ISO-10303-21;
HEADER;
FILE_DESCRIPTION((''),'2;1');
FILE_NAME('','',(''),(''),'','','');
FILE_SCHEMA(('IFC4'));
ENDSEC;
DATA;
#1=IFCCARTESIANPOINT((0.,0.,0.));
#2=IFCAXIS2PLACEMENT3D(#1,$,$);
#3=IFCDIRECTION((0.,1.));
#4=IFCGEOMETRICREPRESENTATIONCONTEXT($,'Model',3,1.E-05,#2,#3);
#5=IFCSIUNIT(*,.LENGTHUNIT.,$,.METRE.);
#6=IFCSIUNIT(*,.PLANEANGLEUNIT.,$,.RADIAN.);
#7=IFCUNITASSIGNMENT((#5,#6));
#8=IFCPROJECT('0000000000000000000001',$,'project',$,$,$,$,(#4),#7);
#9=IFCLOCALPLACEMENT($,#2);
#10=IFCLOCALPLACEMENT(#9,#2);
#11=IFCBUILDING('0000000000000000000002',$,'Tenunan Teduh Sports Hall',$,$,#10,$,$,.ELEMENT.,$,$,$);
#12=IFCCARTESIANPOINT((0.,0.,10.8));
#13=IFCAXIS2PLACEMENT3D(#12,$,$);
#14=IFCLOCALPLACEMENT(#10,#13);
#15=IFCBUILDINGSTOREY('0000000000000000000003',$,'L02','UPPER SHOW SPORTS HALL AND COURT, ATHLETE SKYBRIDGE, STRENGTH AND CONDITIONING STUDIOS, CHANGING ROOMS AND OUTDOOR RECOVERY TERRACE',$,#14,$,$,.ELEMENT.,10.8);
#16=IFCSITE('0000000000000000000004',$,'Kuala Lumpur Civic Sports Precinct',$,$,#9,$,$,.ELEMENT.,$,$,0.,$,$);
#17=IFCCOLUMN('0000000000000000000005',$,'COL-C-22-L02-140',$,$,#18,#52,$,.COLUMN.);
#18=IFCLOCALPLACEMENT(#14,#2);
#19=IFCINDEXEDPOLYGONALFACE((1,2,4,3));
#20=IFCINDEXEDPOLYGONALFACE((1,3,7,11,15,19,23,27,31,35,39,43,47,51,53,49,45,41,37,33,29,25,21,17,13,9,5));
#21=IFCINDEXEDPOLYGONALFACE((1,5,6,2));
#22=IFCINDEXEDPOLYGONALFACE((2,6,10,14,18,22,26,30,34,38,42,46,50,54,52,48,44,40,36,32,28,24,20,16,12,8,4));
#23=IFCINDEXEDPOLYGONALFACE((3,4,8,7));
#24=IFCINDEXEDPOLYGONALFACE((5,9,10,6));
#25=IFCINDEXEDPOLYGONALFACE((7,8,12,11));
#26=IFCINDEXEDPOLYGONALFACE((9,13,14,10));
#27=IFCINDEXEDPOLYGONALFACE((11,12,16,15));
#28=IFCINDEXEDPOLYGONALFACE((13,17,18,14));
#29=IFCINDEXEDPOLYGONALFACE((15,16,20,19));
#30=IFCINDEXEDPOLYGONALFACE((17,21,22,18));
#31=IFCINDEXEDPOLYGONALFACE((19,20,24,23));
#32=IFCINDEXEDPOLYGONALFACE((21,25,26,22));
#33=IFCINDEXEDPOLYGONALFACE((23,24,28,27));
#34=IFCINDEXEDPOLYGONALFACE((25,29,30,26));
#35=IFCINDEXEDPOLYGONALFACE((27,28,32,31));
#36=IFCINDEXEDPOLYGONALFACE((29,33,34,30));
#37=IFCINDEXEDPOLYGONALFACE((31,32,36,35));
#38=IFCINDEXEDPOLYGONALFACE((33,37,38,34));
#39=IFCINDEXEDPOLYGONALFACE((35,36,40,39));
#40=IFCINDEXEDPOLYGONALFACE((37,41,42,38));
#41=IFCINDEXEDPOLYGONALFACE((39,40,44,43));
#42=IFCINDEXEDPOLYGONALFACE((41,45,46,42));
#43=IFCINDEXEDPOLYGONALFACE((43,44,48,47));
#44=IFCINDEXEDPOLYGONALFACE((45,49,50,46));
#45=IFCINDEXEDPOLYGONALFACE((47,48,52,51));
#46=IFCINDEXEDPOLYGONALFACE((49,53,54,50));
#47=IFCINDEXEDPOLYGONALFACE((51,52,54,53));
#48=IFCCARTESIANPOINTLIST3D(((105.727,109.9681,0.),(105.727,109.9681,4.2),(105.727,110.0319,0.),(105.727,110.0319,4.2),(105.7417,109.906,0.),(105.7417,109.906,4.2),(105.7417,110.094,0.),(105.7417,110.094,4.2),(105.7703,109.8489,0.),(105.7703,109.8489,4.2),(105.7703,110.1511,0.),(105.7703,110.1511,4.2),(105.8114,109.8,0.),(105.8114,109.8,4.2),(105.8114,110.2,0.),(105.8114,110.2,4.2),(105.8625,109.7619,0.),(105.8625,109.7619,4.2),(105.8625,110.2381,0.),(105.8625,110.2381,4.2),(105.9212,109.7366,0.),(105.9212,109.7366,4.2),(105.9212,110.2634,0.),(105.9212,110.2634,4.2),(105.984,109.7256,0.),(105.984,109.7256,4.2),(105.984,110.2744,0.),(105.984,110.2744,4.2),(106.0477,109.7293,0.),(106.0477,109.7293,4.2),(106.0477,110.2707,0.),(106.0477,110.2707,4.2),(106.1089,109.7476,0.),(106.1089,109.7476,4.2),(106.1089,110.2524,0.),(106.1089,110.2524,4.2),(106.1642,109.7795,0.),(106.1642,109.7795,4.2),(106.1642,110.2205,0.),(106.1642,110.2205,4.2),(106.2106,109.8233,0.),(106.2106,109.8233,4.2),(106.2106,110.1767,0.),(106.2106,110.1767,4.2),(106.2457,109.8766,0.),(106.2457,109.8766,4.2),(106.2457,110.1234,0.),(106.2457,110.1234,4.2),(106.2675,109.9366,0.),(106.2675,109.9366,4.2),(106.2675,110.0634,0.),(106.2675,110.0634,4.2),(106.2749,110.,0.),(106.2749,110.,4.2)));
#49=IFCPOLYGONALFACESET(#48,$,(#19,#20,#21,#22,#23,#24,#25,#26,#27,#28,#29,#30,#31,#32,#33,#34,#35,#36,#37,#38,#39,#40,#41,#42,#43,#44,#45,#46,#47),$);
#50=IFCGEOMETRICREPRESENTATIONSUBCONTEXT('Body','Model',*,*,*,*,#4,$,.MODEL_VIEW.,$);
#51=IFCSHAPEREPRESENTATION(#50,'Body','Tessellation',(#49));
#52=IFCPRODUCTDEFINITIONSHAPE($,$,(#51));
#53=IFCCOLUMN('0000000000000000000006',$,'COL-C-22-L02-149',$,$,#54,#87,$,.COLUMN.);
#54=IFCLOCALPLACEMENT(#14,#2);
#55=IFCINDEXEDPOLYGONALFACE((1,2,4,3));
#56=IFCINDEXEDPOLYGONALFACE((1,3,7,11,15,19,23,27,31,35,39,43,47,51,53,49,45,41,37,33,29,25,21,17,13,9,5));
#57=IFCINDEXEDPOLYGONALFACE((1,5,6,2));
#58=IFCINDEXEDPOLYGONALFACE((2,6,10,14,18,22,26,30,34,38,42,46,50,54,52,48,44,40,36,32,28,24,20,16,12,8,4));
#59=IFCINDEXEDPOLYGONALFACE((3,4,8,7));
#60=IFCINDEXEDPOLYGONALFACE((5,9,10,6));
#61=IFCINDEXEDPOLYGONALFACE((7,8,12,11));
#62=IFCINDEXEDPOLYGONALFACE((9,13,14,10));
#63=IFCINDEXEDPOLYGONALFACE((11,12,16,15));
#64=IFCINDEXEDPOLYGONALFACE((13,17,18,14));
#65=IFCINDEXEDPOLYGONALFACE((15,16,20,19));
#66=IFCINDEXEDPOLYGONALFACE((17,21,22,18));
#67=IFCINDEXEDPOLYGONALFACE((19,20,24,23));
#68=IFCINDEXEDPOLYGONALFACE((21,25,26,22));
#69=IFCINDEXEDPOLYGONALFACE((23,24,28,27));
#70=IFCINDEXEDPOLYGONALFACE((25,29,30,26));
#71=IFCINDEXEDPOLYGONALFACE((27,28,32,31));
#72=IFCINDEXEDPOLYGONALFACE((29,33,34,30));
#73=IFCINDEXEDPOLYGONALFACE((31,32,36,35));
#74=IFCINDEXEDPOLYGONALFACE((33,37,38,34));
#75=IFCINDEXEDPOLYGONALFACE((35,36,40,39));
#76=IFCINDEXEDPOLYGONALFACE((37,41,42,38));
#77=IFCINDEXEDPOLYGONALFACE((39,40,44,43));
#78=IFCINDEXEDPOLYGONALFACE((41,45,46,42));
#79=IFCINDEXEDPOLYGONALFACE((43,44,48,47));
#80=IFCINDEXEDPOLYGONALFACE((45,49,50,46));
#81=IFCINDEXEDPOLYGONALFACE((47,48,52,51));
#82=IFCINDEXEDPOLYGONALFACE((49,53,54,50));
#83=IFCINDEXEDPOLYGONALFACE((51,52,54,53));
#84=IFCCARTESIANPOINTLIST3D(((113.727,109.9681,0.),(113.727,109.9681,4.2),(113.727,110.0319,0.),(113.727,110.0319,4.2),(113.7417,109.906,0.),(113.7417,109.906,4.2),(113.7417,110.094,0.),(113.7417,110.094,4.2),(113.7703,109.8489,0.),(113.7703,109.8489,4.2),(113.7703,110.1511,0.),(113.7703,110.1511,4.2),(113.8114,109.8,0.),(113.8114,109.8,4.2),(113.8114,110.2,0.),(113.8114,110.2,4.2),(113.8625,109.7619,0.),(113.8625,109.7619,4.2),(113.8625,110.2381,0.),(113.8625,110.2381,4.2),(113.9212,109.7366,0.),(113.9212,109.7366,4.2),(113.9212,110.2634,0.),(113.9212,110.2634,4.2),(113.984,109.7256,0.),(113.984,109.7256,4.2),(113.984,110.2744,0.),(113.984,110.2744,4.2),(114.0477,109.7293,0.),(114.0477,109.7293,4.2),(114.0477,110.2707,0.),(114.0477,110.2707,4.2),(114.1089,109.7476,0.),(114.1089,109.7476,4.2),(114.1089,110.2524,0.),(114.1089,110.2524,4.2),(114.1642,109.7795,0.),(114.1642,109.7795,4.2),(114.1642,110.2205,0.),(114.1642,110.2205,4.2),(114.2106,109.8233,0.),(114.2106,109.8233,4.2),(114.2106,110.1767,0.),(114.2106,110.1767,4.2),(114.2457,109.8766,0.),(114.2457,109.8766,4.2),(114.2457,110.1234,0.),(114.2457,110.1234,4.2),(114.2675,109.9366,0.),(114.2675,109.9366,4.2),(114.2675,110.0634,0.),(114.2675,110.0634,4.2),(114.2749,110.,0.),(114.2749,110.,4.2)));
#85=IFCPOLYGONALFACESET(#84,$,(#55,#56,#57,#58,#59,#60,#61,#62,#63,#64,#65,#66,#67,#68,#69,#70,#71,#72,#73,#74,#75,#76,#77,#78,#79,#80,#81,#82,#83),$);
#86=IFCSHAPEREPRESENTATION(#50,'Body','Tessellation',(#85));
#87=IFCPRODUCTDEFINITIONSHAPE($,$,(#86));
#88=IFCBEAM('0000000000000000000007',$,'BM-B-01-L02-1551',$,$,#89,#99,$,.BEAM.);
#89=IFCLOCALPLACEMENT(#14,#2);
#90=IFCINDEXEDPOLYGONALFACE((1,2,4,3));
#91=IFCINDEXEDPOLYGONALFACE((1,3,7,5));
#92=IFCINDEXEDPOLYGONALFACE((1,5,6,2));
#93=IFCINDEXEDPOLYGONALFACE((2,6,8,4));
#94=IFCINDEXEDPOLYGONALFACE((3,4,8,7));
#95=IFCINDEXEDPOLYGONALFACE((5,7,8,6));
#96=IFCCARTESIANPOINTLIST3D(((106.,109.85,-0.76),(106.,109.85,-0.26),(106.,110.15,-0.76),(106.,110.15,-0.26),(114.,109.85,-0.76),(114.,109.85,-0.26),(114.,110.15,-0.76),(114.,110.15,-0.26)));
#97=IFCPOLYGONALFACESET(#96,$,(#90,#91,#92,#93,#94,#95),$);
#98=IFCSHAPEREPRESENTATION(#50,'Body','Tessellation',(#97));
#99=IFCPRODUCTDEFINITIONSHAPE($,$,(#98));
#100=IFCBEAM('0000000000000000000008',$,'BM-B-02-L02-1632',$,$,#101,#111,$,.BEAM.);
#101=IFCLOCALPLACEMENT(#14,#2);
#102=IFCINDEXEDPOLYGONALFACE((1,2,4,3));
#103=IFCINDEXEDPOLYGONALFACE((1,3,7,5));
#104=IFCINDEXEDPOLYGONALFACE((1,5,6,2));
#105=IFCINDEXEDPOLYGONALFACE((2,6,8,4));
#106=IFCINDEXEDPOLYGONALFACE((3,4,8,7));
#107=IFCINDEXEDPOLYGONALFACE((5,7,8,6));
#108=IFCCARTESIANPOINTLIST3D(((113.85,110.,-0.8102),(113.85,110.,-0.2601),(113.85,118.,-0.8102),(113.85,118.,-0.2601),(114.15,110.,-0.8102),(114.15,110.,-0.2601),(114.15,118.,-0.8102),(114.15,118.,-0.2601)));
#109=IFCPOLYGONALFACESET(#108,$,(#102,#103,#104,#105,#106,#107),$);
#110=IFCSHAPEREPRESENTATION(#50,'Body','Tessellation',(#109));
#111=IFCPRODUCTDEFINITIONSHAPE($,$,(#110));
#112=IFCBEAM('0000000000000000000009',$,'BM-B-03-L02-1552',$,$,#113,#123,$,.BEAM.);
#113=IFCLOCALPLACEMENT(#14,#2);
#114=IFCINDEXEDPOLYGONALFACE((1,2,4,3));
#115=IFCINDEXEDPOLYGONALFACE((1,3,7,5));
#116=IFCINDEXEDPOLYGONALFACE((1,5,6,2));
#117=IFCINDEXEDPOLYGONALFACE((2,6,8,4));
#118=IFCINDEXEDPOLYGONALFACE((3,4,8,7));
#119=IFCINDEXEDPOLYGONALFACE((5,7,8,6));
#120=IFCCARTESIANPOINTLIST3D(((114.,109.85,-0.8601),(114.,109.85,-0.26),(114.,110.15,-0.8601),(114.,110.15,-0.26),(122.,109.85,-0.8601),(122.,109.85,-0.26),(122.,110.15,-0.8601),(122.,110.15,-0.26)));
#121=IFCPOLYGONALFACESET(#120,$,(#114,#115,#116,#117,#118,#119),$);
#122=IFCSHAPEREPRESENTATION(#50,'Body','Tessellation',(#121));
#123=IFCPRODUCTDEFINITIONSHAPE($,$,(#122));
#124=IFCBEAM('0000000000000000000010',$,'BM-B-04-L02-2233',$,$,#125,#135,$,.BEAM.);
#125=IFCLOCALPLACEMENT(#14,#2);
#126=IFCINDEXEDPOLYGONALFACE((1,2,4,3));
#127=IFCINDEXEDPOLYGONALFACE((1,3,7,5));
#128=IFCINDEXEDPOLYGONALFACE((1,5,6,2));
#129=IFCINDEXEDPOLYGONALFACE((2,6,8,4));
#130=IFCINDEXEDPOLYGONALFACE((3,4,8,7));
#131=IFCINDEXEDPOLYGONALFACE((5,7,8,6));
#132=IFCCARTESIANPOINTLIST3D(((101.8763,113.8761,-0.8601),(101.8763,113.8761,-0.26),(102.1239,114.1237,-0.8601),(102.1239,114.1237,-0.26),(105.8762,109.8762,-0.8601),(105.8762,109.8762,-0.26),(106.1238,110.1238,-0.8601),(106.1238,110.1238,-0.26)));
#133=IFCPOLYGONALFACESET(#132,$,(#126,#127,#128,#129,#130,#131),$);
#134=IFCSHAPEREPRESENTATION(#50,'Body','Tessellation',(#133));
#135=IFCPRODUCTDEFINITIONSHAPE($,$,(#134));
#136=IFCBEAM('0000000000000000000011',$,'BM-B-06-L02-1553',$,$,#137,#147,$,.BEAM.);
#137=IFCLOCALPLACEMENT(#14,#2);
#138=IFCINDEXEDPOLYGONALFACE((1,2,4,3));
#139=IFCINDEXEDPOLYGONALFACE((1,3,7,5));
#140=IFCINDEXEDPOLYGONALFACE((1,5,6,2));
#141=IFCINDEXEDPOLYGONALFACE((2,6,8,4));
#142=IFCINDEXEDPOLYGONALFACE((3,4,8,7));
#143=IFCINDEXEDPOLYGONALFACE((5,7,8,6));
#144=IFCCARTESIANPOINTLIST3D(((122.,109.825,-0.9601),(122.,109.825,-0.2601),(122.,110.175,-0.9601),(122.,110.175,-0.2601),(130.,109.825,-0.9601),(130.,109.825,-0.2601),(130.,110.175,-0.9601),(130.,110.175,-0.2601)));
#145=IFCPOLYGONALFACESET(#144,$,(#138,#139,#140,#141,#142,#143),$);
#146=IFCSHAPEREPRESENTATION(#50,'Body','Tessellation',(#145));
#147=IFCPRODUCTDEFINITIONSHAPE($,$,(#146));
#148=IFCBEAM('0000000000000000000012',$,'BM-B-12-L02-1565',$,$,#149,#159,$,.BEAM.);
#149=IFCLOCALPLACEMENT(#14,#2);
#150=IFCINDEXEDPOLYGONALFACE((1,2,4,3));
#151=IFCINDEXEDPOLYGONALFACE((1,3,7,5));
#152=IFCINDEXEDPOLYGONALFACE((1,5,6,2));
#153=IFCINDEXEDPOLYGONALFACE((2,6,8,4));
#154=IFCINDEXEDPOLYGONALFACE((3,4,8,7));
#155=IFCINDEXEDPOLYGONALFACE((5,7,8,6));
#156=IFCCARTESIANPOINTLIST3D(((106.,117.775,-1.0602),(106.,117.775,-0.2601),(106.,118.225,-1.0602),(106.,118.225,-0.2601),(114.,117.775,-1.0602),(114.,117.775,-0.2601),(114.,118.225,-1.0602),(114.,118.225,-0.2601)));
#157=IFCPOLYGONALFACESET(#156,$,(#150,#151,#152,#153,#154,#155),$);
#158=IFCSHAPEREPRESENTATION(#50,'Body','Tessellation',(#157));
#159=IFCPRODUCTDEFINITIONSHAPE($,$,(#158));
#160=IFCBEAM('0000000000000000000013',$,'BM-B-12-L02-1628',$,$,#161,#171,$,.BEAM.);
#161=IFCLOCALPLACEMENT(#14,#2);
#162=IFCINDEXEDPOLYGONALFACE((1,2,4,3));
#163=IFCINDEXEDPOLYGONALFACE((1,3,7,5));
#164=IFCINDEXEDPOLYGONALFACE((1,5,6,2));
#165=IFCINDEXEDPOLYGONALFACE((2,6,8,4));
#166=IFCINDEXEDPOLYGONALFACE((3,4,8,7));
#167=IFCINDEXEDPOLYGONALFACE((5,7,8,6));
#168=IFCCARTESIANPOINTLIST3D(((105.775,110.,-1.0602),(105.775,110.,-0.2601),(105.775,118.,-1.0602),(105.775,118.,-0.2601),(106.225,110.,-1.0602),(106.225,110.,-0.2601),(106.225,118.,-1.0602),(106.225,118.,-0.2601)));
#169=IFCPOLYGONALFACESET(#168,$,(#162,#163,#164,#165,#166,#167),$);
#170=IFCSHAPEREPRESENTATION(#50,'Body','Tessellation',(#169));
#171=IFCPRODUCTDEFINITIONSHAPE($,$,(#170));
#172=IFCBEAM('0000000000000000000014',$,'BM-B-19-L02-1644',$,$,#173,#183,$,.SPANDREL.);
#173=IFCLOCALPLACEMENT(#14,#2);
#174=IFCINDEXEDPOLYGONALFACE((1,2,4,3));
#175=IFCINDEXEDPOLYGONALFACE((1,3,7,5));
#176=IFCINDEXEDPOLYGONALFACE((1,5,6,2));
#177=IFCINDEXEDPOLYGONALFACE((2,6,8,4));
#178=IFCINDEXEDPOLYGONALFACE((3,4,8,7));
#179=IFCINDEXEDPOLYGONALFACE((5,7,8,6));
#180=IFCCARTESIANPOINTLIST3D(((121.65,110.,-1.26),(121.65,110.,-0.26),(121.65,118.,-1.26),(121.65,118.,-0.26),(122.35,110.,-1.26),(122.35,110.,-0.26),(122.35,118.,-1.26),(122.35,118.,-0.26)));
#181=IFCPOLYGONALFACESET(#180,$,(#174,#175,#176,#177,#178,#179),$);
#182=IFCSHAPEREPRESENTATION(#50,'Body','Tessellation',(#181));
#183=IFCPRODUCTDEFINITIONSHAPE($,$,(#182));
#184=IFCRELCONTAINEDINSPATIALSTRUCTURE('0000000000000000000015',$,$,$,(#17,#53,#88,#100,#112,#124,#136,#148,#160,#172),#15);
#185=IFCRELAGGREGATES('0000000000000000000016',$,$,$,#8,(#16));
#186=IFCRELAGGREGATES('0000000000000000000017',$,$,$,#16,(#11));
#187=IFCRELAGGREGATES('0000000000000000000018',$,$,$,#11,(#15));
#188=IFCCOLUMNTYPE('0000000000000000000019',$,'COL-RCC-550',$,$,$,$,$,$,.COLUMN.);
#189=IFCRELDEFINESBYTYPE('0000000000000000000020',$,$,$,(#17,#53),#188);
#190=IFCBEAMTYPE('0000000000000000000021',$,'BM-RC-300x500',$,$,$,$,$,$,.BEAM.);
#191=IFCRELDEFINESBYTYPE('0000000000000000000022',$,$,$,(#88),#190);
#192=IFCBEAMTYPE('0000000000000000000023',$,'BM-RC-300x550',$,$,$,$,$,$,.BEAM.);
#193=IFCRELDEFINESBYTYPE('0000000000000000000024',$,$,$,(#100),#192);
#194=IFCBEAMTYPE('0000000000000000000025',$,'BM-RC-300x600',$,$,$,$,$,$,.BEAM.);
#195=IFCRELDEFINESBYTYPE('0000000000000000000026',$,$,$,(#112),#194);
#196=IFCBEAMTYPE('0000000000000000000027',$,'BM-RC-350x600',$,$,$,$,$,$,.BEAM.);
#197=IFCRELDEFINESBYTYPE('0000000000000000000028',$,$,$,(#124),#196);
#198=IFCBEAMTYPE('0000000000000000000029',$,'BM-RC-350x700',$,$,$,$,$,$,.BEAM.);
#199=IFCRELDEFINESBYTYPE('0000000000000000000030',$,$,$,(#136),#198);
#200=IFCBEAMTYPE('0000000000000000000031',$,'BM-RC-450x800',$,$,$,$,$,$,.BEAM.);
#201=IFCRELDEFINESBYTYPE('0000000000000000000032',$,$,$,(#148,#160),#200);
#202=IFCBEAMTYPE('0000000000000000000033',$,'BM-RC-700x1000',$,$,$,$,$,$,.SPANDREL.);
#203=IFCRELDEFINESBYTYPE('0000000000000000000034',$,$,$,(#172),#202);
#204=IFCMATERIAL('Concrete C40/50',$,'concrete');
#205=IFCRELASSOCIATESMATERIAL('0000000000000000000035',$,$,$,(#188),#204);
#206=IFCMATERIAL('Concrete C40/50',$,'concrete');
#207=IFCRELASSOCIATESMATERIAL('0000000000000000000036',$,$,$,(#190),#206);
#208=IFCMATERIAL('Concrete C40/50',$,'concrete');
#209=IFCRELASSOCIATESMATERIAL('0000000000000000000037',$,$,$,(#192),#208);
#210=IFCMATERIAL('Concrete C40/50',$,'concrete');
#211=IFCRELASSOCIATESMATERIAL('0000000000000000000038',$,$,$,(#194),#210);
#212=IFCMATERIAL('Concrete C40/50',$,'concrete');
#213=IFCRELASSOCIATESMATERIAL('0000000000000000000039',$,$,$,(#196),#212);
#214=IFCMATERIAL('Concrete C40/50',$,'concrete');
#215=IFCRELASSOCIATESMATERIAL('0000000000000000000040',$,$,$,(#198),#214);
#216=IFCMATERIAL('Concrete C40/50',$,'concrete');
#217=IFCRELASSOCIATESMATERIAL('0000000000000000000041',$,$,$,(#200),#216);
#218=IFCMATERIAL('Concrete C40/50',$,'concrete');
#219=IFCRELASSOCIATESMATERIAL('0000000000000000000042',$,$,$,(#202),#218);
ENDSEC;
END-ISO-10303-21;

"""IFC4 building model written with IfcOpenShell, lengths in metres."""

from ifc_helpers import new_model, si_unit, direction, frame, origin, origin_2d, place, context, subcontext, project, spatial, rectangle, circle, extrude, material, material_profile, profile_set, type_object, element, save


model = new_model("IFC4")

# Units and contexts
model_context = context("Model", 3, precision=1e-05, world=origin(), true_north=direction((0.0, 1.0)))
body_context = subcontext(model_context, "Body", "Model", "MODEL_VIEW")
ifc_project = project(units=[si_unit("LENGTHUNIT", "METRE"), si_unit("PLANEANGLEUNIT", "RADIAN")], contexts=[model_context])

# Site, building, storey
site_placement = place(None, origin())
site = spatial("IfcSite", under=ifc_project, at=site_placement, Name="Kuala Lumpur Civic Sports Precinct", CompositionType="ELEMENT", RefElevation=0.0)
building_placement = place(site_placement, origin())
building = spatial("IfcBuilding", under=site, at=building_placement, Name="Tenunan Teduh Sports Hall", CompositionType="ELEMENT")
storey_placement = place(building_placement, frame((0.0, 0.0, 10.8)))
storey = spatial("IfcBuildingStorey", under=building, at=storey_placement, Name="L02", Description="UPPER SHOW SPORTS HALL AND COURT, ATHLETE SKYBRIDGE, STRENGTH AND CONDITIONING STUDIOS, CHANGING ROOMS AND OUTDOOR RECOVERY TERRACE", CompositionType="ELEMENT", Elevation=10.8)

# Columns
ifc_material_1 = material(Name="Concrete C40/50", Category="concrete")
ifc_material_profile_1 = material_profile(ifc_material_1, circle(Radius=0.2749, at=origin_2d()), Name="RCC D550")
ifc_profile_set_1 = profile_set([ifc_material_profile_1], Name="Concrete C40/50")
column_type = type_object("IfcColumnType", Name="COL-RCC-550", PredefinedType="COLUMN", material=ifc_profile_set_1)
for number, where, z_axis, x_axis, name in (
    (1, (106.0, 110.0, 0.0), (0.0, 0.0, 1.0), (1.0, 0.0, 0.0), "COL-C-22-L02-140"),
    (2, (114.0, 110.0, 0.0), (0.0, 0.0, 1.0), (1.0, 0.0, 0.0), "COL-C-22-L02-149"),
):
    element("IfcColumn", number, at=place(storey_placement, frame(where, z_axis=z_axis, x_axis=x_axis)), inside=storey, type_object=column_type, Name=name, PredefinedType="COLUMN", context=body_context, shape_type="SweptSolid", body=[
        extrude(circle(Radius=0.2749, at=origin_2d()), origin(), (0.0, 0.0, 1.0), 4.2),
    ])

# Beams
ifc_material_2 = material(Name="Concrete C40/50", Category="concrete")
ifc_material_profile_2 = material_profile(ifc_material_2, rectangle(XDim=0.3, YDim=0.5, at=origin_2d()), Name="RCB 300x500")
ifc_profile_set_2 = profile_set([ifc_material_profile_2], Name="Concrete C40/50")
beam_type_1 = type_object("IfcBeamType", Name="BM-RC-300x500", PredefinedType="BEAM", material=ifc_profile_set_2)
beam_1_placement = place(storey_placement, frame((106.0, 110.0, -0.51), z_axis=(1.0, 0.0, 0.0), x_axis=(0.0, 1.0, 0.0)))
element("IfcBeam", 3, at=beam_1_placement, inside=storey, type_object=beam_type_1, Name="BM-B-01-L02-1551", PredefinedType="BEAM", context=body_context, shape_type="SweptSolid", body=[
    extrude(rectangle(XDim=0.3, YDim=0.5, at=origin_2d()), origin(), (0.0, 0.0, 1.0), 8.0),
])
ifc_material_3 = material(Name="Concrete C40/50", Category="concrete")
ifc_material_profile_3 = material_profile(ifc_material_3, rectangle(XDim=0.3, YDim=0.55, at=origin_2d()), Name="RCB 300x550")
ifc_profile_set_3 = profile_set([ifc_material_profile_3], Name="Concrete C40/50")
beam_type_2 = type_object("IfcBeamType", Name="BM-RC-300x550", PredefinedType="BEAM", material=ifc_profile_set_3)
beam_2_placement = place(storey_placement, frame((114.0, 110.0, -0.5352), z_axis=(0.0, 1.0, 0.0), x_axis=(-1.0, 0.0, 0.0)))
element("IfcBeam", 4, at=beam_2_placement, inside=storey, type_object=beam_type_2, Name="BM-B-02-L02-1632", PredefinedType="BEAM", context=body_context, shape_type="SweptSolid", body=[
    extrude(rectangle(XDim=0.3, YDim=0.55, at=origin_2d()), origin(), (0.0, 0.0, 1.0), 8.0),
])
ifc_material_4 = material(Name="Concrete C40/50", Category="concrete")
ifc_material_profile_4 = material_profile(ifc_material_4, rectangle(XDim=0.3, YDim=0.6001, at=origin_2d()), Name="RCB 300x600")
ifc_profile_set_4 = profile_set([ifc_material_profile_4], Name="Concrete C40/50")
beam_type_3 = type_object("IfcBeamType", Name="BM-RC-300x600", PredefinedType="BEAM", material=ifc_profile_set_4)
beam_3_placement = place(storey_placement, frame((114.0, 110.0, -0.5601), z_axis=(1.0, 0.0, 0.0), x_axis=(0.0, 1.0, 0.0)))
element("IfcBeam", 5, at=beam_3_placement, inside=storey, type_object=beam_type_3, Name="BM-B-03-L02-1552", PredefinedType="BEAM", context=body_context, shape_type="SweptSolid", body=[
    extrude(rectangle(XDim=0.3, YDim=0.6001, at=origin_2d()), origin(), (0.0, 0.0, 1.0), 8.0),
])
ifc_material_5 = material(Name="Concrete C40/50", Category="concrete")
ifc_material_profile_5 = material_profile(ifc_material_5, rectangle(XDim=0.3501, YDim=0.6001, at=origin_2d()), Name="RCB 350x600")
ifc_profile_set_5 = profile_set([ifc_material_profile_5], Name="Concrete C40/50")
beam_type_4 = type_object("IfcBeamType", Name="BM-RC-350x600", PredefinedType="BEAM", material=ifc_profile_set_5)
beam_4_placement = place(storey_placement, frame((106.0, 110.0, -0.5601), z_axis=(-0.707107, 0.707107, 0.0), x_axis=(-0.707107, -0.707107, 0.0)))
element("IfcBeam", 6, at=beam_4_placement, inside=storey, type_object=beam_type_4, Name="BM-B-04-L02-2233", PredefinedType="BEAM", context=body_context, shape_type="SweptSolid", body=[
    extrude(rectangle(XDim=0.3501, YDim=0.6001, at=origin_2d()), origin(), (0.0, 0.0, 1.0), 5.6567),
])
ifc_material_6 = material(Name="Concrete C40/50", Category="concrete")
ifc_material_profile_6 = material_profile(ifc_material_6, rectangle(XDim=0.3501, YDim=0.7, at=origin_2d()), Name="RCB 350x700")
ifc_profile_set_6 = profile_set([ifc_material_profile_6], Name="Concrete C40/50")
beam_type_5 = type_object("IfcBeamType", Name="BM-RC-350x700", PredefinedType="BEAM", material=ifc_profile_set_6)
beam_5_placement = place(storey_placement, frame((122.0, 110.0, -0.6101), z_axis=(1.0, 0.0, 0.0), x_axis=(0.0, 1.0, 0.0)))
element("IfcBeam", 7, at=beam_5_placement, inside=storey, type_object=beam_type_5, Name="BM-B-06-L02-1553", PredefinedType="BEAM", context=body_context, shape_type="SweptSolid", body=[
    extrude(rectangle(XDim=0.3501, YDim=0.7, at=origin_2d()), origin(), (0.0, 0.0, 1.0), 8.0),
])
ifc_material_7 = material(Name="Concrete C40/50", Category="concrete")
ifc_material_profile_7 = material_profile(ifc_material_7, rectangle(XDim=0.45, YDim=0.8, at=origin_2d()), Name="RCB 450x800")
ifc_profile_set_7 = profile_set([ifc_material_profile_7], Name="Concrete C40/50")
beam_type_6 = type_object("IfcBeamType", Name="BM-RC-450x800", PredefinedType="BEAM", material=ifc_profile_set_7)
for number, where, z_axis, x_axis, name in (
    (8, (106.0, 118.0, -0.6602), (1.0, 0.0, 0.0), (0.0, 1.0, 0.0), "BM-B-12-L02-1565"),
    (9, (106.0, 110.0, -0.6602), (0.0, 1.0, 0.0), (-1.0, 0.0, 0.0), "BM-B-12-L02-1628"),
):
    element("IfcBeam", number, at=place(storey_placement, frame(where, z_axis=z_axis, x_axis=x_axis)), inside=storey, type_object=beam_type_6, Name=name, PredefinedType="BEAM", context=body_context, shape_type="SweptSolid", body=[
        extrude(rectangle(XDim=0.45, YDim=0.8, at=origin_2d()), origin(), (0.0, 0.0, 1.0), 8.0),
    ])
ifc_material_8 = material(Name="Concrete C40/50", Category="concrete")
ifc_material_profile_8 = material_profile(ifc_material_8, rectangle(XDim=0.7, YDim=1.0, at=origin_2d()), Name="RCB 700x1000")
ifc_profile_set_8 = profile_set([ifc_material_profile_8], Name="Concrete C40/50")
beam_type_7 = type_object("IfcBeamType", Name="BM-RC-700x1000", PredefinedType="SPANDREL", material=ifc_profile_set_8)
beam_6_placement = place(storey_placement, frame((122.0, 110.0, -0.76), z_axis=(0.0, 1.0, 0.0), x_axis=(-1.0, 0.0, 0.0)))
element("IfcBeam", 10, at=beam_6_placement, inside=storey, type_object=beam_type_7, Name="BM-B-19-L02-1644", PredefinedType="SPANDREL", context=body_context, shape_type="SweptSolid", body=[
    extrude(rectangle(XDim=0.7, YDim=1.0, at=origin_2d()), origin(), (0.0, 0.0, 1.0), 8.0),
])

save(model, "model.ifc")
